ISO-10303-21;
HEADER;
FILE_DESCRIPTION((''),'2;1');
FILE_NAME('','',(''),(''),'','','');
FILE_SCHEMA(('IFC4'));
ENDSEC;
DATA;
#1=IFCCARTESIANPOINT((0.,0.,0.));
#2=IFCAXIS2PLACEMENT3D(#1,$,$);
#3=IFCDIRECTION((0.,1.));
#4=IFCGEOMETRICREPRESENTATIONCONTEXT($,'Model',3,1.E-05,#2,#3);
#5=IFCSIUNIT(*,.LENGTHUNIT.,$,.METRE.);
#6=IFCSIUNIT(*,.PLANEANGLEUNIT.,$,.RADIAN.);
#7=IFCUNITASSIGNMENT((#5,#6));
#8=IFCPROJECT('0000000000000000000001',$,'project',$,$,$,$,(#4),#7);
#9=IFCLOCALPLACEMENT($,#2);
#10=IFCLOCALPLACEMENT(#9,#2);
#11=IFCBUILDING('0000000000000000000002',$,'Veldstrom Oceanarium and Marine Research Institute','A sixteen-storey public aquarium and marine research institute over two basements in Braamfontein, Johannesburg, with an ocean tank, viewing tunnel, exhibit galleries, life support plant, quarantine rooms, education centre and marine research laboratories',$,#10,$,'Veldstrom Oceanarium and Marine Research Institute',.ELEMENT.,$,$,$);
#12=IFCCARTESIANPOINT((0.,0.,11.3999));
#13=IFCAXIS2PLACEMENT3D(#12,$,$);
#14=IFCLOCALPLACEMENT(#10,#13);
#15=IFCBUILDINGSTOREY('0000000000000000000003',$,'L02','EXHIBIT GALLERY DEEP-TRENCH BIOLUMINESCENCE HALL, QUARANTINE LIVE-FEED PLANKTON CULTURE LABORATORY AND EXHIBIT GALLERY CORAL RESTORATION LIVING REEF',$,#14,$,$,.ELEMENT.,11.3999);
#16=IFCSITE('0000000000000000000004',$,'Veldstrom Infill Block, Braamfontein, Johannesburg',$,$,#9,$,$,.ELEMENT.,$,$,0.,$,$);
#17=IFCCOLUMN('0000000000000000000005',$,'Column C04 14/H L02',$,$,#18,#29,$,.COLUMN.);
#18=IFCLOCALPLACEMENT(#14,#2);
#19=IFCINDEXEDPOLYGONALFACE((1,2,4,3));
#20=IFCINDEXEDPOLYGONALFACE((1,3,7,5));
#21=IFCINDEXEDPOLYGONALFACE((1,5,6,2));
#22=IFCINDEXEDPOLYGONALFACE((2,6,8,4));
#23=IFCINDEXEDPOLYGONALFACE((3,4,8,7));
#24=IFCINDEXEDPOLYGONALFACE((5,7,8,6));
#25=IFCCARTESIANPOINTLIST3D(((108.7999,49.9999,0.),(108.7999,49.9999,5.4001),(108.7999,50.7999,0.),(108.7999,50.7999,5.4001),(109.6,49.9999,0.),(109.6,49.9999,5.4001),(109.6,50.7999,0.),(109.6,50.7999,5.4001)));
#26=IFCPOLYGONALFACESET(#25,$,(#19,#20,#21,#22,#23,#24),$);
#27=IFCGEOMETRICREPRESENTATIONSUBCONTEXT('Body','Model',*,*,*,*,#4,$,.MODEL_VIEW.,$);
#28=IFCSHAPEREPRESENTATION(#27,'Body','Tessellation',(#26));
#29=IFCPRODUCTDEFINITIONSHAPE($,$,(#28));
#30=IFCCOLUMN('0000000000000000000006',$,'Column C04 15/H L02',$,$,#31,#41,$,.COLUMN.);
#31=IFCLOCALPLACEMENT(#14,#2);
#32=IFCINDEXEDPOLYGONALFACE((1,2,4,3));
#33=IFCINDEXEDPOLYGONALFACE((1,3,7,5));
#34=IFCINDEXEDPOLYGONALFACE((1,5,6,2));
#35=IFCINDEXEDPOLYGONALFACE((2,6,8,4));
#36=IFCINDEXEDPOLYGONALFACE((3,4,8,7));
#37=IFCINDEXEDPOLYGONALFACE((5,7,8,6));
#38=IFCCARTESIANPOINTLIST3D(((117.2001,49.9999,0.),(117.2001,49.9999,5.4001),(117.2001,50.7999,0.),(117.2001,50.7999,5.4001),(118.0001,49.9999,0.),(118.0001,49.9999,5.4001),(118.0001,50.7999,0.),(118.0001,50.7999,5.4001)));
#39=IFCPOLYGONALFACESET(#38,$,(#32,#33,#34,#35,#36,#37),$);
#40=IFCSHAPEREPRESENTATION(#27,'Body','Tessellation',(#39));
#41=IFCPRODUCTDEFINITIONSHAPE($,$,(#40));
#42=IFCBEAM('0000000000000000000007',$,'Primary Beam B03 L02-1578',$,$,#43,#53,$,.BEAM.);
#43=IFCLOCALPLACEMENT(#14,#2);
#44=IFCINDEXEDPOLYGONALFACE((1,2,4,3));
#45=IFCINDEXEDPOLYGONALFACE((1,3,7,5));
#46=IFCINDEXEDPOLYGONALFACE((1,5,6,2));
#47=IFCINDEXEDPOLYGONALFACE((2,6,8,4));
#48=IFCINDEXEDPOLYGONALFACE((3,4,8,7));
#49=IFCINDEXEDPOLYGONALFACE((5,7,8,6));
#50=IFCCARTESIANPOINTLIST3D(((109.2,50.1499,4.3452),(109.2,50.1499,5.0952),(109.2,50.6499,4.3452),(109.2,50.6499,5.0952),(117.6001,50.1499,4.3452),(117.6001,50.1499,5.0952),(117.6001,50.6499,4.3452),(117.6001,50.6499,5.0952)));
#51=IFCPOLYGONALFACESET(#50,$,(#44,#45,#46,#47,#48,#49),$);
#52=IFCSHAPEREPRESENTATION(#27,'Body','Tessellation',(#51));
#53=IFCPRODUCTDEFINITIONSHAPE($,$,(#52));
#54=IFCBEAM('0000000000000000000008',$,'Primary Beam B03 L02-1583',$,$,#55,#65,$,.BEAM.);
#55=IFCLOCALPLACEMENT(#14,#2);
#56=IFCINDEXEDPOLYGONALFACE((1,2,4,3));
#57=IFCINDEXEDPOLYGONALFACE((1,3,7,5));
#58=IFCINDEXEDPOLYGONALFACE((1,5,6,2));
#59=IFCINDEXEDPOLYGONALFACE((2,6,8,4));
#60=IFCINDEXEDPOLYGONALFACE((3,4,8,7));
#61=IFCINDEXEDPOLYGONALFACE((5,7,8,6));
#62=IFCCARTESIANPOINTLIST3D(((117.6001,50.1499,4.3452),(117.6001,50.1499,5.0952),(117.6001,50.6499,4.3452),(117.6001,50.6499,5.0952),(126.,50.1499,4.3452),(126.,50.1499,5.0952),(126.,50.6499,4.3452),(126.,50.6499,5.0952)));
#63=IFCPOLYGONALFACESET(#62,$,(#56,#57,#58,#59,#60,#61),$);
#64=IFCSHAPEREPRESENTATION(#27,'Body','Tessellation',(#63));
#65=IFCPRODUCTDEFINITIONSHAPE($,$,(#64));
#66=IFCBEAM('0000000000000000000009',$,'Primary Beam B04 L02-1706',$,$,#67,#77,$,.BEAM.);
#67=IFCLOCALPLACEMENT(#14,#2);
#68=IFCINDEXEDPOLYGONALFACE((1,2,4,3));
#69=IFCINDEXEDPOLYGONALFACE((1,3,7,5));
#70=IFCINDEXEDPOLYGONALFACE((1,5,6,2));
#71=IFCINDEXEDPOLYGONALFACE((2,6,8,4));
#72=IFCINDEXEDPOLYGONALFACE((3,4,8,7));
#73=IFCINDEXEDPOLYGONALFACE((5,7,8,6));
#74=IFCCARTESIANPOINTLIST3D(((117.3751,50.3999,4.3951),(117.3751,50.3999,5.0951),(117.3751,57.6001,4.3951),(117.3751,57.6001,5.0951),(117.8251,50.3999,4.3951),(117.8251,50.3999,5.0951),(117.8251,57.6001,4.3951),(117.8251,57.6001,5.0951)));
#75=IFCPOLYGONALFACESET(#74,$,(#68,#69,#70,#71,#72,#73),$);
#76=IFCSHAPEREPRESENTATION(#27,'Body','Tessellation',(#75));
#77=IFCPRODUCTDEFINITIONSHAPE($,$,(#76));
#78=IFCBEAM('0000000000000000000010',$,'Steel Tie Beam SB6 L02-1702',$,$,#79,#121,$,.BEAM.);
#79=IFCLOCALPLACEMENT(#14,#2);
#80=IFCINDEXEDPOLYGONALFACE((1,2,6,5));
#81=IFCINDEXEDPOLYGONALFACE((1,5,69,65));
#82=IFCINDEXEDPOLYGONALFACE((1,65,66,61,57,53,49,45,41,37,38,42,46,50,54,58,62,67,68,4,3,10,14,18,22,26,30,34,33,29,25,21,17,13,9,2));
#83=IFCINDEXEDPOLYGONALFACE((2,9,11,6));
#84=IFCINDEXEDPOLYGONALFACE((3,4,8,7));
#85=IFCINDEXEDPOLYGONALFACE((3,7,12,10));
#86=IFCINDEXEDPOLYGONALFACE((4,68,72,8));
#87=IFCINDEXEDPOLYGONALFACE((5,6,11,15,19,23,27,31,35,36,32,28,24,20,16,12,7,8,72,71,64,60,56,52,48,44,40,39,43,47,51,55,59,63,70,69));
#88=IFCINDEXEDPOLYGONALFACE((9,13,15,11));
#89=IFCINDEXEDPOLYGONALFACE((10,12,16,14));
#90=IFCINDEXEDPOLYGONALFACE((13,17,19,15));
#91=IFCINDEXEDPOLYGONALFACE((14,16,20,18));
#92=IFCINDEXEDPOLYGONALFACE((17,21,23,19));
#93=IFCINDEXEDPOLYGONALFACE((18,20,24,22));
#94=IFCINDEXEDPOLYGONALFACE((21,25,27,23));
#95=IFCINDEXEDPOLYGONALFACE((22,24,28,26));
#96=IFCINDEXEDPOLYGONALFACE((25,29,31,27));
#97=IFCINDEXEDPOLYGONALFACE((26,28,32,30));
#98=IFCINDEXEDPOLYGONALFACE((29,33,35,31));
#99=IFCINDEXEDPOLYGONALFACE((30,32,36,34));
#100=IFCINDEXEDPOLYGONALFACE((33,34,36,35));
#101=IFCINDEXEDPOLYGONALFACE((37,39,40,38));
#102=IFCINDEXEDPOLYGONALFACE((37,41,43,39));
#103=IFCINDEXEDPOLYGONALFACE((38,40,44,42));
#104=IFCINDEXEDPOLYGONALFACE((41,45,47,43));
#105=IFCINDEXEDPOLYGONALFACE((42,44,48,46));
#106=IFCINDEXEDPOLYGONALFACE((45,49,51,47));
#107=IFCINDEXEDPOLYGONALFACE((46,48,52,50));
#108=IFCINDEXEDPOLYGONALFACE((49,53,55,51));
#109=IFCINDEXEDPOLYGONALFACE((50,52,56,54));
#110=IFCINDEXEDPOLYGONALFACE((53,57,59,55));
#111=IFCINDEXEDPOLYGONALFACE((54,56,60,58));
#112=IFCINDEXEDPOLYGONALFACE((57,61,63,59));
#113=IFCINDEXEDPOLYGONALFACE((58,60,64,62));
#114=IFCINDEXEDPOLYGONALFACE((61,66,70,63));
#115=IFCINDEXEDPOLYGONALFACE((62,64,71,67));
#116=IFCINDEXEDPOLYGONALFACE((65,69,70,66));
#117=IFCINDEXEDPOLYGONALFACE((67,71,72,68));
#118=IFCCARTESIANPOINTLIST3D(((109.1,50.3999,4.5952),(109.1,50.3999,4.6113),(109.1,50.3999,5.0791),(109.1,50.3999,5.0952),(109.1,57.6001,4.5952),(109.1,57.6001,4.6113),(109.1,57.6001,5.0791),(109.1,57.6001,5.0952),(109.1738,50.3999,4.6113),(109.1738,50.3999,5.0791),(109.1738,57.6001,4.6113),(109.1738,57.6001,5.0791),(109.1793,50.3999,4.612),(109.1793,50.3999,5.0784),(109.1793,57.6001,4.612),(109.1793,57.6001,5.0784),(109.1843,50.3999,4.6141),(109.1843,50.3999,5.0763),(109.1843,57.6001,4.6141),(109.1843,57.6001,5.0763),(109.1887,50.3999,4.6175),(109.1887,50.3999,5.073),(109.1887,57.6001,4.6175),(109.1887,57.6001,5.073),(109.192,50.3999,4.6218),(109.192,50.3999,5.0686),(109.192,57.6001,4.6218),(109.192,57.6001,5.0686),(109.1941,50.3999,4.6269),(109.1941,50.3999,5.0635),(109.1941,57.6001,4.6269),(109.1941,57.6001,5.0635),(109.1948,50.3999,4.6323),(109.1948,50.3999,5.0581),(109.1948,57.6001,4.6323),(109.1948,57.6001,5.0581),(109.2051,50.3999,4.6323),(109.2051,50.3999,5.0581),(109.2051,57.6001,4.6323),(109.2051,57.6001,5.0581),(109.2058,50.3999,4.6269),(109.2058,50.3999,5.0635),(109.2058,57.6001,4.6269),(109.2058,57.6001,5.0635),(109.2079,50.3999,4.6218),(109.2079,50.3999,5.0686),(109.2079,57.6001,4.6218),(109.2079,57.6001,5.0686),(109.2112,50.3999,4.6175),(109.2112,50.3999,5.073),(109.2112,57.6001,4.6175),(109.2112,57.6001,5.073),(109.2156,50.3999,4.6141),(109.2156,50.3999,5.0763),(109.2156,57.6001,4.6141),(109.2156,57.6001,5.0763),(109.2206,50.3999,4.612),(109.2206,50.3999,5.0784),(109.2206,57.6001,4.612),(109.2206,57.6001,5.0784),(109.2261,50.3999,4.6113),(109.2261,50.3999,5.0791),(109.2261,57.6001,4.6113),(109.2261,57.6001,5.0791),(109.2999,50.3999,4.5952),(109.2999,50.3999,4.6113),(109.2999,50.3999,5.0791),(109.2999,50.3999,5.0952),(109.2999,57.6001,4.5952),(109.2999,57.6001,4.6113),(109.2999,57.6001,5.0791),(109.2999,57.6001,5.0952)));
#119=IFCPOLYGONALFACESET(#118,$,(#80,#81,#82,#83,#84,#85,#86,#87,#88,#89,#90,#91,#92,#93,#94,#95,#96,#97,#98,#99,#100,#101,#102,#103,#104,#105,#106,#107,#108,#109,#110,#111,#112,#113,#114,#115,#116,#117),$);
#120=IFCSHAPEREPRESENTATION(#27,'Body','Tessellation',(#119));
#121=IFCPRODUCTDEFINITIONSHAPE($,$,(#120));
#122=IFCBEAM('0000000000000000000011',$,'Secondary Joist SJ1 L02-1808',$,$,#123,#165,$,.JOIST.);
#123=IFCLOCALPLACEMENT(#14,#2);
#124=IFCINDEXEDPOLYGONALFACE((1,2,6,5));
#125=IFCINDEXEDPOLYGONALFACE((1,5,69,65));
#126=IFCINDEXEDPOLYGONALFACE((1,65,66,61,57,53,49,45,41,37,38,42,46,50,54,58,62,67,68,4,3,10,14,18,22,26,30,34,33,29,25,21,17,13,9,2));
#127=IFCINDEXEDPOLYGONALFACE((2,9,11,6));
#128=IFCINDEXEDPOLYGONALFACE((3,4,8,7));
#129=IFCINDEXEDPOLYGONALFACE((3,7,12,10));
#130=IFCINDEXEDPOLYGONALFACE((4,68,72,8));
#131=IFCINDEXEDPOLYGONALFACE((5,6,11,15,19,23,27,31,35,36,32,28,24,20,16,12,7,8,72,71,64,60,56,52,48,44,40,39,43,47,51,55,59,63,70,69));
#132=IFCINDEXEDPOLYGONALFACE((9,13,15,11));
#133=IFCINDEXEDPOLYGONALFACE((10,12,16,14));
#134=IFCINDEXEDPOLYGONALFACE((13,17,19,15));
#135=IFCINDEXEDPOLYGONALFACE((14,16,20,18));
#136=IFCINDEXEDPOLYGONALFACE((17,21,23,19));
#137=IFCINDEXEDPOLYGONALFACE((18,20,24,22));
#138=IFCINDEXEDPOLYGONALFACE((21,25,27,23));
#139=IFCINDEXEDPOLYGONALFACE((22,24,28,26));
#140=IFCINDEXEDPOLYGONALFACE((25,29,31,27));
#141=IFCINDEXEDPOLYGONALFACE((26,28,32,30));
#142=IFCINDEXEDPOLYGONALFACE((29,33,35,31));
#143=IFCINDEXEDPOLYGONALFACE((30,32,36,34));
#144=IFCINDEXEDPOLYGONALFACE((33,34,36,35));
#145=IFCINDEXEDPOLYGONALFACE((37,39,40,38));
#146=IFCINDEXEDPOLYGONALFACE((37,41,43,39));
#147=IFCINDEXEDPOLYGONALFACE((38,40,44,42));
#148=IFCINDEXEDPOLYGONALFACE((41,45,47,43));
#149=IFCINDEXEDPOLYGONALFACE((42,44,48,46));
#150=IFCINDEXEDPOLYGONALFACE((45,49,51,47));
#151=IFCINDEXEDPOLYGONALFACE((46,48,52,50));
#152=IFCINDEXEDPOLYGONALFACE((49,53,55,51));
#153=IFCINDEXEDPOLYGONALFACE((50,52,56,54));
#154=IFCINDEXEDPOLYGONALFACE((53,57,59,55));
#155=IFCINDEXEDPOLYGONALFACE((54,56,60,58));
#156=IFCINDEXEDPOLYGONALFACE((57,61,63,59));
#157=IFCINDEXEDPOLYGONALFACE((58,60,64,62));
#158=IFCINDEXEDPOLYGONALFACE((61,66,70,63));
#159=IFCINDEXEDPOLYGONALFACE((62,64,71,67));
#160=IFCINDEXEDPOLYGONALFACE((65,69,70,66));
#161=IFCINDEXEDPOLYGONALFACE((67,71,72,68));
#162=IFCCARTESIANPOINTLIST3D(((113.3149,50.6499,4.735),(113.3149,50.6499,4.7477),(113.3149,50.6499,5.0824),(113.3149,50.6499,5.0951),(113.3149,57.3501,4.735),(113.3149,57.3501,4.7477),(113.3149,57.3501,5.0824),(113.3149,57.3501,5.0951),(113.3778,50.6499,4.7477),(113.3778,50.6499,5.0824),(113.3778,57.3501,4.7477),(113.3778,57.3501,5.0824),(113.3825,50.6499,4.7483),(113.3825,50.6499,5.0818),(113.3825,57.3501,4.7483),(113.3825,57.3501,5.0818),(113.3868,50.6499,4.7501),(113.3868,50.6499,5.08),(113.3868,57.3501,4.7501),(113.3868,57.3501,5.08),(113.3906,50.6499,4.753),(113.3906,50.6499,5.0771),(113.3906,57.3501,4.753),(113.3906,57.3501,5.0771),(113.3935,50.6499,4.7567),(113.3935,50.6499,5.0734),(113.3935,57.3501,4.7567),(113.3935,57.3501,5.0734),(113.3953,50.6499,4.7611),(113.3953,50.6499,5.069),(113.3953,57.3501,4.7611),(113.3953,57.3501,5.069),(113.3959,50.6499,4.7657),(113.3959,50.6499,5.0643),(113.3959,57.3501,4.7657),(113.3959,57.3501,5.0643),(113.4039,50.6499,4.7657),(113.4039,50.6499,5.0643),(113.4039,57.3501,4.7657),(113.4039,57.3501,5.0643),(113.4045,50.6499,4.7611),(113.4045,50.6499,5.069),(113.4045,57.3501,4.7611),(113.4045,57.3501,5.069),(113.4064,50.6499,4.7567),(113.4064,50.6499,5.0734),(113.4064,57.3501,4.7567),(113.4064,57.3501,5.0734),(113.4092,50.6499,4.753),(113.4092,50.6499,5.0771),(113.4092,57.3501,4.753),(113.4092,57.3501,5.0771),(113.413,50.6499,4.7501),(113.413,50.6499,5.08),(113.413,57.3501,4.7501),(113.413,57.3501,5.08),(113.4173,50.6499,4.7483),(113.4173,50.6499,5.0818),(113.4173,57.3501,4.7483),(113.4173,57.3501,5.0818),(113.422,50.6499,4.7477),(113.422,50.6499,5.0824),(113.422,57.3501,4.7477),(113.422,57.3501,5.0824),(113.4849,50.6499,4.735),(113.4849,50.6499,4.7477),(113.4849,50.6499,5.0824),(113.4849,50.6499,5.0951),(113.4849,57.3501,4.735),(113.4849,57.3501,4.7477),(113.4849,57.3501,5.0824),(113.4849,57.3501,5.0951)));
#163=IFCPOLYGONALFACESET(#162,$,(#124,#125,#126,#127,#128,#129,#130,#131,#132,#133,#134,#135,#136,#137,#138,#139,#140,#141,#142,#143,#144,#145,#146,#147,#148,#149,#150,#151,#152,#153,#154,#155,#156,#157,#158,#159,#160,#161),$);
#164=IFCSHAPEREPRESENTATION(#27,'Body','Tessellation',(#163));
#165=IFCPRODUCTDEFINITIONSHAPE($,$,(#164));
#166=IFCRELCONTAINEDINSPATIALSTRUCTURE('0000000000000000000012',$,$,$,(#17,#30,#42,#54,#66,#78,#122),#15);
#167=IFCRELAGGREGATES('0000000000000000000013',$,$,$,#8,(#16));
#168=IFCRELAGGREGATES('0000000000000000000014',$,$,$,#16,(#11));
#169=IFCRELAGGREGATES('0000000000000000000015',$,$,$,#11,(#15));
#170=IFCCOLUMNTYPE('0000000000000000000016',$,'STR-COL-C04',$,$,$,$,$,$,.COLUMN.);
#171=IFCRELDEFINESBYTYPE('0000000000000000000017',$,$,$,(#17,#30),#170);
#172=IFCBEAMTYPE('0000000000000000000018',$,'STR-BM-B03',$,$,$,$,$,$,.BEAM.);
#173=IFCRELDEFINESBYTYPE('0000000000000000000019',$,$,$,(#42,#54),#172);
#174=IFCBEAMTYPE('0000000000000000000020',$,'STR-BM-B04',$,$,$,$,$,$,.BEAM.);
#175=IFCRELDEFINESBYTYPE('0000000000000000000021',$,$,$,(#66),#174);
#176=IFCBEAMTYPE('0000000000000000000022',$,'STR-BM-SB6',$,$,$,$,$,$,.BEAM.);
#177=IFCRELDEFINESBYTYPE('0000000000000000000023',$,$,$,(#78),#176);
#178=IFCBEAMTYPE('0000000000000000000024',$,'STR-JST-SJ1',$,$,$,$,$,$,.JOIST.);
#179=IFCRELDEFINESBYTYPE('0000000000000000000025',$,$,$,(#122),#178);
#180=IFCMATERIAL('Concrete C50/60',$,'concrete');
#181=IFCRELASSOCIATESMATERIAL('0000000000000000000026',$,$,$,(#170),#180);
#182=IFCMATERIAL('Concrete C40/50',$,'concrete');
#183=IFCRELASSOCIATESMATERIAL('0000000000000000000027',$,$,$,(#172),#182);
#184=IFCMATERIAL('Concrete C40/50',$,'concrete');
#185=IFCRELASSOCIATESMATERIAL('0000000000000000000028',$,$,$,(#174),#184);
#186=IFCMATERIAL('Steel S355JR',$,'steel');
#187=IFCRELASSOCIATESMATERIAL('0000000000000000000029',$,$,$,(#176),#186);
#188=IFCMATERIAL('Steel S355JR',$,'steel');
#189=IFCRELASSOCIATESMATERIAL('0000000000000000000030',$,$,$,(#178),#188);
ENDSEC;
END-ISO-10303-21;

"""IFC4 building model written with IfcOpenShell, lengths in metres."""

from ifc_helpers import new_model, si_unit, direction, frame, origin, origin_2d, place, context, subcontext, project, spatial, rectangle, i_section, extrude, material, material_profile, profile_set, type_object, element, save


model = new_model("IFC4")

# Units and contexts
model_context = context("Model", 3, precision=1e-05, world=origin(), true_north=direction((0.0, 1.0)))
body_context = subcontext(model_context, "Body", "Model", "MODEL_VIEW")
ifc_project = project(units=[si_unit("LENGTHUNIT", "METRE"), si_unit("PLANEANGLEUNIT", "RADIAN")], contexts=[model_context])

# Site, building, storey
site_placement = place(None, origin())
site = spatial("IfcSite", under=ifc_project, at=site_placement, Name="Veldstrom Infill Block, Braamfontein, Johannesburg", CompositionType="ELEMENT", RefElevation=0.0)
building_placement = place(site_placement, origin())
building = spatial("IfcBuilding", under=site, at=building_placement, Name="Veldstrom Oceanarium and Marine Research Institute", Description="A sixteen-storey public aquarium and marine research institute over two basements in Braamfontein, Johannesburg, with an ocean tank, viewing tunnel, exhibit galleries, life support plant, quarantine rooms, education centre and marine research laboratories", LongName="Veldstrom Oceanarium and Marine Research Institute", CompositionType="ELEMENT")
storey_placement = place(building_placement, frame((0.0, 0.0, 11.3999)))
storey = spatial("IfcBuildingStorey", under=building, at=storey_placement, Name="L02", Description="EXHIBIT GALLERY DEEP-TRENCH BIOLUMINESCENCE HALL, QUARANTINE LIVE-FEED PLANKTON CULTURE LABORATORY AND EXHIBIT GALLERY CORAL RESTORATION LIVING REEF", CompositionType="ELEMENT", Elevation=11.3999)

# Columns
ifc_material_1 = material(Name="Concrete C50/60", Category="concrete")
ifc_material_profile_1 = material_profile(ifc_material_1, rectangle(XDim=0.8, YDim=0.8, at=origin_2d()), Name="RC-COL-800x800")
ifc_profile_set_1 = profile_set([ifc_material_profile_1], Name="Concrete C50/60")
column_type = type_object("IfcColumnType", Name="STR-COL-C04", PredefinedType="COLUMN", material=ifc_profile_set_1)
for number, where, z_axis, x_axis, name in (
    (1, (109.2, 50.3999, 0.0), (0.0, 0.0, 1.0), (1.0, 0.0, 0.0), "Column C04 14/H L02"),
    (2, (117.6001, 50.3999, 0.0), (0.0, 0.0, 1.0), (1.0, 0.0, 0.0), "Column C04 15/H L02"),
):
    element("IfcColumn", number, at=place(storey_placement, frame(where, z_axis=z_axis, x_axis=x_axis)), inside=storey, type_object=column_type, Name=name, PredefinedType="COLUMN", context=body_context, shape_type="SweptSolid", body=[
        extrude(rectangle(XDim=0.8, YDim=0.8, at=origin_2d()), origin(), (0.0, 0.0, 1.0), 5.4001),
    ])

# Beams
ifc_material_2 = material(Name="Concrete C40/50", Category="concrete")
ifc_material_profile_2 = material_profile(ifc_material_2, rectangle(XDim=0.5, YDim=0.75, at=origin_2d()), Name="RC-BM-500x750")
ifc_profile_set_2 = profile_set([ifc_material_profile_2], Name="Concrete C40/50")
beam_type_1 = type_object("IfcBeamType", Name="STR-BM-B03", PredefinedType="BEAM", material=ifc_profile_set_2)
beam_1_placement = place(storey_placement, frame((109.2, 50.3999, 4.7202), z_axis=(1.0, 0.0, 0.0), x_axis=(0.0, 1.0, 0.0)))
element("IfcBeam", 3, at=beam_1_placement, inside=storey, type_object=beam_type_1, Name="Primary Beam B03 L02-1578", PredefinedType="BEAM", context=body_context, shape_type="SweptSolid", body=[
    extrude(rectangle(XDim=0.5, YDim=0.75, at=origin_2d()), origin(), (0.0, 0.0, 1.0), 8.4001),
])
beam_2_placement = place(storey_placement, frame((117.6001, 50.3999, 4.7202), z_axis=(1.0, 0.0, 0.0), x_axis=(0.0, 1.0, 0.0)))
element("IfcBeam", 4, at=beam_2_placement, inside=storey, type_object=beam_type_1, Name="Primary Beam B03 L02-1583", PredefinedType="BEAM", context=body_context, shape_type="SweptSolid", body=[
    extrude(rectangle(XDim=0.5, YDim=0.75, at=origin_2d()), origin(), (0.0, 0.0, 1.0), 8.3999),
])
ifc_material_3 = material(Name="Concrete C40/50", Category="concrete")
ifc_material_profile_3 = material_profile(ifc_material_3, rectangle(XDim=0.45, YDim=0.7, at=origin_2d()), Name="RC-BM-450x700")
ifc_profile_set_3 = profile_set([ifc_material_profile_3], Name="Concrete C40/50")
beam_type_2 = type_object("IfcBeamType", Name="STR-BM-B04", PredefinedType="BEAM", material=ifc_profile_set_3)
beam_3_placement = place(storey_placement, frame((117.6001, 50.3999, 4.7451), z_axis=(0.0, 1.0, 0.0), x_axis=(-1.0, 0.0, 0.0)))
element("IfcBeam", 5, at=beam_3_placement, inside=storey, type_object=beam_type_2, Name="Primary Beam B04 L02-1706", PredefinedType="BEAM", context=body_context, shape_type="SweptSolid", body=[
    extrude(rectangle(XDim=0.45, YDim=0.7, at=origin_2d()), origin(), (0.0, 0.0, 1.0), 7.2002),
])
ifc_material_4 = material(Name="Steel S355JR", Category="steel")
ifc_material_profile_4 = material_profile(ifc_material_4, i_section(OverallWidth=0.2, OverallDepth=0.5, WebThickness=0.0103, FlangeThickness=0.0161, FilletRadius=0.021, at=origin_2d()), Name="IPE 500")
ifc_profile_set_4 = profile_set([ifc_material_profile_4], Name="Steel S355JR")
beam_type_3 = type_object("IfcBeamType", Name="STR-BM-SB6", PredefinedType="BEAM", material=ifc_profile_set_4)
beam_4_placement = place(storey_placement, frame((109.2, 50.3999, 4.8452), z_axis=(0.0, 1.0, 0.0), x_axis=(-1.0, 0.0, 0.0)))
element("IfcBeam", 6, at=beam_4_placement, inside=storey, type_object=beam_type_3, Name="Steel Tie Beam SB6 L02-1702", PredefinedType="BEAM", context=body_context, shape_type="SweptSolid", body=[
    extrude(i_section(OverallWidth=0.2, OverallDepth=0.5, WebThickness=0.0103, FlangeThickness=0.0161, FilletRadius=0.021, at=origin_2d()), origin(), (0.0, 0.0, 1.0), 7.2002),
])
ifc_material_5 = material(Name="Steel S355JR", Category="steel")
ifc_material_profile_5 = material_profile(ifc_material_5, i_section(OverallWidth=0.1699, OverallDepth=0.3601, WebThickness=0.0081, FlangeThickness=0.0127, FilletRadius=0.0181, at=origin_2d()), Name="IPE 360")
ifc_profile_set_5 = profile_set([ifc_material_profile_5], Name="Steel S355JR")
beam_type_4 = type_object("IfcBeamType", Name="STR-JST-SJ1", PredefinedType="JOIST", material=ifc_profile_set_5)
beam_5_placement = place(storey_placement, frame((113.3999, 50.6499, 4.915), z_axis=(0.0, 1.0, 0.0), x_axis=(-1.0, 0.0, 0.0)))
element("IfcBeam", 7, at=beam_5_placement, inside=storey, type_object=beam_type_4, Name="Secondary Joist SJ1 L02-1808", PredefinedType="JOIST", context=body_context, shape_type="SweptSolid", body=[
    extrude(i_section(OverallWidth=0.1699, OverallDepth=0.3601, WebThickness=0.0081, FlangeThickness=0.0127, FilletRadius=0.0181, at=origin_2d()), origin(), (0.0, 0.0, 1.0), 6.7002),
])

save(model, "model.ifc")
